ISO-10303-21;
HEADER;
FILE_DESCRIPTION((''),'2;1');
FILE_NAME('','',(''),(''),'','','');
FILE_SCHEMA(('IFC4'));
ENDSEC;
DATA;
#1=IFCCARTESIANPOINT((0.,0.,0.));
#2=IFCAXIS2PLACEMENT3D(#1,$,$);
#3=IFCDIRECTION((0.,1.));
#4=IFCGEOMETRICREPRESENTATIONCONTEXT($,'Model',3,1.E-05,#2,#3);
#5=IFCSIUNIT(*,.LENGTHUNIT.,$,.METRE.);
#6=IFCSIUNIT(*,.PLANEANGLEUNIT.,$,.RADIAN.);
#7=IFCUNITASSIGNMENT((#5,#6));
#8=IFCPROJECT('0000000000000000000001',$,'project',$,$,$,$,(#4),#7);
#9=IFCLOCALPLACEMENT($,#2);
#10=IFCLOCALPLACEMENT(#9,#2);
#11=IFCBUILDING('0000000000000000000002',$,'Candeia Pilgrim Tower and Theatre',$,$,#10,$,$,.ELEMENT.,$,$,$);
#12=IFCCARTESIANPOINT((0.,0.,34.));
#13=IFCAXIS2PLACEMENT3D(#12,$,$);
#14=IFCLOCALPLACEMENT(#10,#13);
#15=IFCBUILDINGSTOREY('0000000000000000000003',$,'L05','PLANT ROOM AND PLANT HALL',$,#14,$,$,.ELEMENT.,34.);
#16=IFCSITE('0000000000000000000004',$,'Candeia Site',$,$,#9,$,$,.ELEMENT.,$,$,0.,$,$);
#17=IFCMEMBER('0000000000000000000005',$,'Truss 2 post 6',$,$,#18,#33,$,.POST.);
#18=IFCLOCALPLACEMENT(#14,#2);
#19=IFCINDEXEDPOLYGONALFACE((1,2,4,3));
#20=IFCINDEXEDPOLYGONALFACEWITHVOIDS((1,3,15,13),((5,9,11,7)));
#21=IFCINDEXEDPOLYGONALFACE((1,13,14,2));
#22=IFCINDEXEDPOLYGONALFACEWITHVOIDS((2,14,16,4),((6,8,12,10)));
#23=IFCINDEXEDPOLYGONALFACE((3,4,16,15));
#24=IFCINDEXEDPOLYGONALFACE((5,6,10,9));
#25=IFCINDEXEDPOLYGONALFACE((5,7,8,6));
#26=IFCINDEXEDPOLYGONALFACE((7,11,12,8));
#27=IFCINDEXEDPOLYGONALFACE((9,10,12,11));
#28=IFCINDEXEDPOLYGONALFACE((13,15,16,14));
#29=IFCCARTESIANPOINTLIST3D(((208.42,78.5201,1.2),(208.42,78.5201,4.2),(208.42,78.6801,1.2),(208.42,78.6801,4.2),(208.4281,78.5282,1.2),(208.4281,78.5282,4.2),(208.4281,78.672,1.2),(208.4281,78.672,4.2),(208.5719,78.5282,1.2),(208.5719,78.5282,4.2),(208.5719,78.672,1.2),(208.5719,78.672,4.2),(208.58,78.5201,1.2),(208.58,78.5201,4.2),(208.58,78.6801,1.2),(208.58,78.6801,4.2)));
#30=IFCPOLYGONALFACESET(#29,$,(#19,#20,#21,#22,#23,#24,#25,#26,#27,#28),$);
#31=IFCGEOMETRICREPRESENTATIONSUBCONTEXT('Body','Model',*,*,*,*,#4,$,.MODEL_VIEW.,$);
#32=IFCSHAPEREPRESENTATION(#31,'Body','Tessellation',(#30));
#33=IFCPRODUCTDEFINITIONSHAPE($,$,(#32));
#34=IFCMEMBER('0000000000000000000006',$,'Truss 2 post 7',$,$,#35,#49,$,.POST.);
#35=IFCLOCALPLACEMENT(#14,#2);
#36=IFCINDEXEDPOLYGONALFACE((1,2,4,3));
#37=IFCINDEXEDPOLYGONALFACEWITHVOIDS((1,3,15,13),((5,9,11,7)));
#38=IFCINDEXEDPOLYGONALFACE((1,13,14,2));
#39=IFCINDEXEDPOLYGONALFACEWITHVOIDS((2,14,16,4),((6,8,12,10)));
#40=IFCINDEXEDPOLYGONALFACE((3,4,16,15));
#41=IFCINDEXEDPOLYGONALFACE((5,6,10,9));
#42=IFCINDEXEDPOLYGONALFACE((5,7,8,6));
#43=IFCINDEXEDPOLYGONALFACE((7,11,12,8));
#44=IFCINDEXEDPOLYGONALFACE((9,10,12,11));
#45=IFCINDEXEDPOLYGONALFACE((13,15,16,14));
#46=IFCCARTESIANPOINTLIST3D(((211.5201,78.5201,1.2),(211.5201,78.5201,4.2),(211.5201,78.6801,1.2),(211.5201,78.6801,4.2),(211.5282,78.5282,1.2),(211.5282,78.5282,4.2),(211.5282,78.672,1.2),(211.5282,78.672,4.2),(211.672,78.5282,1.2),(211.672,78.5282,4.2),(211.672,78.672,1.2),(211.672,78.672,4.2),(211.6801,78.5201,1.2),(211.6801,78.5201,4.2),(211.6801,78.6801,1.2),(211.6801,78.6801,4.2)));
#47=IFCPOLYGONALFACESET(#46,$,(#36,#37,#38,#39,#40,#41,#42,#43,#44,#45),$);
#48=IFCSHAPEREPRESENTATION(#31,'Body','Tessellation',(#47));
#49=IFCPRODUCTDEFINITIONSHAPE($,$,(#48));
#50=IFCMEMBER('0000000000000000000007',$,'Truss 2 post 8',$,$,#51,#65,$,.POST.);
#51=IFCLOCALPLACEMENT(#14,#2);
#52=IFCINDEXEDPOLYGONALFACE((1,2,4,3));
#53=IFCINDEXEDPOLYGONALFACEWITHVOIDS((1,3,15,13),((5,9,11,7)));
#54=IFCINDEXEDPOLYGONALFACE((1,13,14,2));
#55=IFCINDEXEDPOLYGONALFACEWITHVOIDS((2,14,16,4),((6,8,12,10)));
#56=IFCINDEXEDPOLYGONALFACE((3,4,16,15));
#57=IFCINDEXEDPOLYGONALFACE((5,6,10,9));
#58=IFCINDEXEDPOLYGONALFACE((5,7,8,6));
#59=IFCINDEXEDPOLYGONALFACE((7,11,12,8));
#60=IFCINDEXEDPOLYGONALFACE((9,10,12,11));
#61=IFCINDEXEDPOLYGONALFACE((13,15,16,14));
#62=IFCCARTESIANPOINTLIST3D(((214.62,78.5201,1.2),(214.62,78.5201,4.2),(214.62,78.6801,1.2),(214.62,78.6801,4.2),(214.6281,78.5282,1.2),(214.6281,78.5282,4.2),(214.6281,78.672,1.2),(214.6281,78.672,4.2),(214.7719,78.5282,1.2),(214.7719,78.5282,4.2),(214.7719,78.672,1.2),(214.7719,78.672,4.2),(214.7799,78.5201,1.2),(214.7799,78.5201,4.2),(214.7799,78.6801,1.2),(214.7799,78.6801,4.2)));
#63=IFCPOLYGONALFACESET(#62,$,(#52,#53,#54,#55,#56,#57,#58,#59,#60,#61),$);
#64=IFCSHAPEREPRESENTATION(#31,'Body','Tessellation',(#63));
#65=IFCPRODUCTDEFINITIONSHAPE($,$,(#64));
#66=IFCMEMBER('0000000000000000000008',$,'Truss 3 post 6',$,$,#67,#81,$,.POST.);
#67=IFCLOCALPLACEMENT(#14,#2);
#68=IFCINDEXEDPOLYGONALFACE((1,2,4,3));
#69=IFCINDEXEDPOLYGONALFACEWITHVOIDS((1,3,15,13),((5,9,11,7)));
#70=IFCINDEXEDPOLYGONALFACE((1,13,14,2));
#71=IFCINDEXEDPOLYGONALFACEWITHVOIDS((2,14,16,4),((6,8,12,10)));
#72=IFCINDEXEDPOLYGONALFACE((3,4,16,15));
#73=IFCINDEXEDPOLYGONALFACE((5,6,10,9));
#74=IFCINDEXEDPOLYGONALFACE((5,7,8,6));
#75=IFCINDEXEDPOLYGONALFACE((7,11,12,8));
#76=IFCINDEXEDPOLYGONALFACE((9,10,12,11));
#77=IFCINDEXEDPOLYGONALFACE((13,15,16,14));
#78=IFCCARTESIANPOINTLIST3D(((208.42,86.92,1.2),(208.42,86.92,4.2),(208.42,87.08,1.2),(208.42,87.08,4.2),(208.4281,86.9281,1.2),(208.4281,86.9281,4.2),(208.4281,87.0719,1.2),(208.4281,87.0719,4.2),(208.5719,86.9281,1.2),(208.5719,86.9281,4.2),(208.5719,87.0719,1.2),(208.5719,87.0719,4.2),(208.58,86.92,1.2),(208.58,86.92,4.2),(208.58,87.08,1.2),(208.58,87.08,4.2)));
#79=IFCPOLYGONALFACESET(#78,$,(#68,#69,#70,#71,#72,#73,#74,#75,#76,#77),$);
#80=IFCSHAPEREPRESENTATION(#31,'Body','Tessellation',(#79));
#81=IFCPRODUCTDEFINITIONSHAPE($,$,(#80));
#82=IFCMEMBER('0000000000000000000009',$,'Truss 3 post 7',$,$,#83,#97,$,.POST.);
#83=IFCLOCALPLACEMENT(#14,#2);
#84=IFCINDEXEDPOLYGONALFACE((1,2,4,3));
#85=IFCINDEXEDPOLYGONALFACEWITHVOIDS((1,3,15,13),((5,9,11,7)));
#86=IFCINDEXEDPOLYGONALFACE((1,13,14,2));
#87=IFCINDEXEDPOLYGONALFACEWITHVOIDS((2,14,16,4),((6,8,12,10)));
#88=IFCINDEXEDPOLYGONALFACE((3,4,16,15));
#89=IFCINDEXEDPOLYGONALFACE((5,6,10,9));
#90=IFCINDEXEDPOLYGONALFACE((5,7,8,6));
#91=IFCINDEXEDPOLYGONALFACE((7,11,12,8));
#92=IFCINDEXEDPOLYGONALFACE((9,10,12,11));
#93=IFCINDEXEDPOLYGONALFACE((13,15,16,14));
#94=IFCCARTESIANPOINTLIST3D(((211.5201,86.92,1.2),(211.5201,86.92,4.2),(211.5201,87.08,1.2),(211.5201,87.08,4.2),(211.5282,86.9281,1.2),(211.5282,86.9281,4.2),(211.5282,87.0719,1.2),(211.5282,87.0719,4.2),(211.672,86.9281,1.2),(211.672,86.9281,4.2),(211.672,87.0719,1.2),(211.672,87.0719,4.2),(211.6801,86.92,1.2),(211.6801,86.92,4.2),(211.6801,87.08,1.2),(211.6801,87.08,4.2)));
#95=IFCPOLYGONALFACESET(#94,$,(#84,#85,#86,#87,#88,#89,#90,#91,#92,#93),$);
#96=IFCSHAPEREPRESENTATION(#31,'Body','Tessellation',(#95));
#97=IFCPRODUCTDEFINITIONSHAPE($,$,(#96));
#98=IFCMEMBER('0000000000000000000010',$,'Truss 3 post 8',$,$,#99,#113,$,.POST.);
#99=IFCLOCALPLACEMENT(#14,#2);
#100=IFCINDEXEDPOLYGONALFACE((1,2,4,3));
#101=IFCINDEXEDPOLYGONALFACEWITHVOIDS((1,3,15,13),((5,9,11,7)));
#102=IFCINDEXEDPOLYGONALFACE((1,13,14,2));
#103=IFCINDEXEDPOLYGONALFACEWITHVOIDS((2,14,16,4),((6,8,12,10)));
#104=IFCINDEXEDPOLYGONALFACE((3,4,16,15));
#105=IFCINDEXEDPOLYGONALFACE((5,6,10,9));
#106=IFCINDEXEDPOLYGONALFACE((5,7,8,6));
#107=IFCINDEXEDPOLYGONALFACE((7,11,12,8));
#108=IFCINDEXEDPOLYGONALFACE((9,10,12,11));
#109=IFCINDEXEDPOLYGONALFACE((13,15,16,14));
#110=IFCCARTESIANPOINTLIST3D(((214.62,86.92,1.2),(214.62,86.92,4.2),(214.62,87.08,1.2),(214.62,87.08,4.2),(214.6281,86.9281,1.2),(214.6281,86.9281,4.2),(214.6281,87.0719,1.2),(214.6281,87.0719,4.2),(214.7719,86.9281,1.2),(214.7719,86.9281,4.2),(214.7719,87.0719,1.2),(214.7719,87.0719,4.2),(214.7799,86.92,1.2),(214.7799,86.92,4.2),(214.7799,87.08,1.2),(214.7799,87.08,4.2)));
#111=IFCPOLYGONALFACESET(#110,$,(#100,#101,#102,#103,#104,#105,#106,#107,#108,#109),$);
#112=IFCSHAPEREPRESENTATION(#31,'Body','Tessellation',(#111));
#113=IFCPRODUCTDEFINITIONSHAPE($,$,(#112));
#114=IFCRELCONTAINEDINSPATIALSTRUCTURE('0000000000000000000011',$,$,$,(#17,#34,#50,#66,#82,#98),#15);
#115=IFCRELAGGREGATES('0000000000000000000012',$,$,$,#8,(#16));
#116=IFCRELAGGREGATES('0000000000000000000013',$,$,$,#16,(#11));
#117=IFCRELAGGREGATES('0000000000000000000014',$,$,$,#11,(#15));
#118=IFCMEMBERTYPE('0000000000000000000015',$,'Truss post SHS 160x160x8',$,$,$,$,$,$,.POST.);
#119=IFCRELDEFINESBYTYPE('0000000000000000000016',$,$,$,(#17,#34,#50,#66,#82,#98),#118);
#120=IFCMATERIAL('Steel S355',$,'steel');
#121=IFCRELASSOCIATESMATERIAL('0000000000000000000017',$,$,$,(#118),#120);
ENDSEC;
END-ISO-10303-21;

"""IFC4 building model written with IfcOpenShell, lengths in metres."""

from ifc_helpers import new_model, si_unit, direction, frame, origin, origin_2d, place, context, subcontext, project, spatial, hollow_rectangle, extrude, material, material_profile, profile_set, type_object, element, save


model = new_model("IFC4")

# Units and contexts
model_context = context("Model", 3, precision=1e-05, world=origin(), true_north=direction((0.0, 1.0)))
body_context = subcontext(model_context, "Body", "Model", "MODEL_VIEW")
ifc_project = project(units=[si_unit("LENGTHUNIT", "METRE"), si_unit("PLANEANGLEUNIT", "RADIAN")], contexts=[model_context])

# Site, building, storey
site_placement = place(None, origin())
site = spatial("IfcSite", under=ifc_project, at=site_placement, Name="Candeia Site", CompositionType="ELEMENT", RefElevation=0.0)
building_placement = place(site_placement, origin())
building = spatial("IfcBuilding", under=site, at=building_placement, Name="Candeia Pilgrim Tower and Theatre", CompositionType="ELEMENT")
storey_placement = place(building_placement, frame((0.0, 0.0, 34.0)))
storey = spatial("IfcBuildingStorey", under=building, at=storey_placement, Name="L05", Description="PLANT ROOM AND PLANT HALL", CompositionType="ELEMENT", Elevation=34.0)

# Members
ifc_material = material(Name="Steel S355", Category="steel")
ifc_material_profile_1 = material_profile(ifc_material, hollow_rectangle(XDim=0.1599, YDim=0.1599, WallThickness=0.0081, at=origin_2d()))
ifc_profile_set_1 = profile_set([ifc_material_profile_1], Name="Steel S355")
member_type_1 = type_object("IfcMemberType", Name="Truss post SHS 160x160x8", PredefinedType="POST", material=ifc_profile_set_1)
for number, where, z_axis, x_axis, name in (
    (1, (208.5, 78.6001, 1.2), (0.0, 0.0, 1.0), (1.0, 0.0, 0.0), "Truss 2 post 6"),
    (2, (211.6001, 78.6001, 1.2), (0.0, 0.0, 1.0), (1.0, 0.0, 0.0), "Truss 2 post 7"),
    (3, (214.7, 78.6001, 1.2), (0.0, 0.0, 1.0), (1.0, 0.0, 0.0), "Truss 2 post 8"),
    (4, (208.5, 87.0, 1.2), (0.0, 0.0, 1.0), (1.0, 0.0, 0.0), "Truss 3 post 6"),
    (5, (211.6001, 87.0, 1.2), (0.0, 0.0, 1.0), (1.0, 0.0, 0.0), "Truss 3 post 7"),
    (6, (214.7, 87.0, 1.2), (0.0, 0.0, 1.0), (1.0, 0.0, 0.0), "Truss 3 post 8"),
):
    element("IfcMember", number, at=place(storey_placement, frame(where, z_axis=z_axis, x_axis=x_axis)), inside=storey, type_object=member_type_1, Name=name, PredefinedType="POST", context=body_context, shape_type="SweptSolid", body=[
        extrude(hollow_rectangle(XDim=0.1599, YDim=0.1599, WallThickness=0.0081, at=origin_2d()), origin(), (0.0, 0.0, 1.0), 3.0),
    ])

save(model, "model.ifc")
